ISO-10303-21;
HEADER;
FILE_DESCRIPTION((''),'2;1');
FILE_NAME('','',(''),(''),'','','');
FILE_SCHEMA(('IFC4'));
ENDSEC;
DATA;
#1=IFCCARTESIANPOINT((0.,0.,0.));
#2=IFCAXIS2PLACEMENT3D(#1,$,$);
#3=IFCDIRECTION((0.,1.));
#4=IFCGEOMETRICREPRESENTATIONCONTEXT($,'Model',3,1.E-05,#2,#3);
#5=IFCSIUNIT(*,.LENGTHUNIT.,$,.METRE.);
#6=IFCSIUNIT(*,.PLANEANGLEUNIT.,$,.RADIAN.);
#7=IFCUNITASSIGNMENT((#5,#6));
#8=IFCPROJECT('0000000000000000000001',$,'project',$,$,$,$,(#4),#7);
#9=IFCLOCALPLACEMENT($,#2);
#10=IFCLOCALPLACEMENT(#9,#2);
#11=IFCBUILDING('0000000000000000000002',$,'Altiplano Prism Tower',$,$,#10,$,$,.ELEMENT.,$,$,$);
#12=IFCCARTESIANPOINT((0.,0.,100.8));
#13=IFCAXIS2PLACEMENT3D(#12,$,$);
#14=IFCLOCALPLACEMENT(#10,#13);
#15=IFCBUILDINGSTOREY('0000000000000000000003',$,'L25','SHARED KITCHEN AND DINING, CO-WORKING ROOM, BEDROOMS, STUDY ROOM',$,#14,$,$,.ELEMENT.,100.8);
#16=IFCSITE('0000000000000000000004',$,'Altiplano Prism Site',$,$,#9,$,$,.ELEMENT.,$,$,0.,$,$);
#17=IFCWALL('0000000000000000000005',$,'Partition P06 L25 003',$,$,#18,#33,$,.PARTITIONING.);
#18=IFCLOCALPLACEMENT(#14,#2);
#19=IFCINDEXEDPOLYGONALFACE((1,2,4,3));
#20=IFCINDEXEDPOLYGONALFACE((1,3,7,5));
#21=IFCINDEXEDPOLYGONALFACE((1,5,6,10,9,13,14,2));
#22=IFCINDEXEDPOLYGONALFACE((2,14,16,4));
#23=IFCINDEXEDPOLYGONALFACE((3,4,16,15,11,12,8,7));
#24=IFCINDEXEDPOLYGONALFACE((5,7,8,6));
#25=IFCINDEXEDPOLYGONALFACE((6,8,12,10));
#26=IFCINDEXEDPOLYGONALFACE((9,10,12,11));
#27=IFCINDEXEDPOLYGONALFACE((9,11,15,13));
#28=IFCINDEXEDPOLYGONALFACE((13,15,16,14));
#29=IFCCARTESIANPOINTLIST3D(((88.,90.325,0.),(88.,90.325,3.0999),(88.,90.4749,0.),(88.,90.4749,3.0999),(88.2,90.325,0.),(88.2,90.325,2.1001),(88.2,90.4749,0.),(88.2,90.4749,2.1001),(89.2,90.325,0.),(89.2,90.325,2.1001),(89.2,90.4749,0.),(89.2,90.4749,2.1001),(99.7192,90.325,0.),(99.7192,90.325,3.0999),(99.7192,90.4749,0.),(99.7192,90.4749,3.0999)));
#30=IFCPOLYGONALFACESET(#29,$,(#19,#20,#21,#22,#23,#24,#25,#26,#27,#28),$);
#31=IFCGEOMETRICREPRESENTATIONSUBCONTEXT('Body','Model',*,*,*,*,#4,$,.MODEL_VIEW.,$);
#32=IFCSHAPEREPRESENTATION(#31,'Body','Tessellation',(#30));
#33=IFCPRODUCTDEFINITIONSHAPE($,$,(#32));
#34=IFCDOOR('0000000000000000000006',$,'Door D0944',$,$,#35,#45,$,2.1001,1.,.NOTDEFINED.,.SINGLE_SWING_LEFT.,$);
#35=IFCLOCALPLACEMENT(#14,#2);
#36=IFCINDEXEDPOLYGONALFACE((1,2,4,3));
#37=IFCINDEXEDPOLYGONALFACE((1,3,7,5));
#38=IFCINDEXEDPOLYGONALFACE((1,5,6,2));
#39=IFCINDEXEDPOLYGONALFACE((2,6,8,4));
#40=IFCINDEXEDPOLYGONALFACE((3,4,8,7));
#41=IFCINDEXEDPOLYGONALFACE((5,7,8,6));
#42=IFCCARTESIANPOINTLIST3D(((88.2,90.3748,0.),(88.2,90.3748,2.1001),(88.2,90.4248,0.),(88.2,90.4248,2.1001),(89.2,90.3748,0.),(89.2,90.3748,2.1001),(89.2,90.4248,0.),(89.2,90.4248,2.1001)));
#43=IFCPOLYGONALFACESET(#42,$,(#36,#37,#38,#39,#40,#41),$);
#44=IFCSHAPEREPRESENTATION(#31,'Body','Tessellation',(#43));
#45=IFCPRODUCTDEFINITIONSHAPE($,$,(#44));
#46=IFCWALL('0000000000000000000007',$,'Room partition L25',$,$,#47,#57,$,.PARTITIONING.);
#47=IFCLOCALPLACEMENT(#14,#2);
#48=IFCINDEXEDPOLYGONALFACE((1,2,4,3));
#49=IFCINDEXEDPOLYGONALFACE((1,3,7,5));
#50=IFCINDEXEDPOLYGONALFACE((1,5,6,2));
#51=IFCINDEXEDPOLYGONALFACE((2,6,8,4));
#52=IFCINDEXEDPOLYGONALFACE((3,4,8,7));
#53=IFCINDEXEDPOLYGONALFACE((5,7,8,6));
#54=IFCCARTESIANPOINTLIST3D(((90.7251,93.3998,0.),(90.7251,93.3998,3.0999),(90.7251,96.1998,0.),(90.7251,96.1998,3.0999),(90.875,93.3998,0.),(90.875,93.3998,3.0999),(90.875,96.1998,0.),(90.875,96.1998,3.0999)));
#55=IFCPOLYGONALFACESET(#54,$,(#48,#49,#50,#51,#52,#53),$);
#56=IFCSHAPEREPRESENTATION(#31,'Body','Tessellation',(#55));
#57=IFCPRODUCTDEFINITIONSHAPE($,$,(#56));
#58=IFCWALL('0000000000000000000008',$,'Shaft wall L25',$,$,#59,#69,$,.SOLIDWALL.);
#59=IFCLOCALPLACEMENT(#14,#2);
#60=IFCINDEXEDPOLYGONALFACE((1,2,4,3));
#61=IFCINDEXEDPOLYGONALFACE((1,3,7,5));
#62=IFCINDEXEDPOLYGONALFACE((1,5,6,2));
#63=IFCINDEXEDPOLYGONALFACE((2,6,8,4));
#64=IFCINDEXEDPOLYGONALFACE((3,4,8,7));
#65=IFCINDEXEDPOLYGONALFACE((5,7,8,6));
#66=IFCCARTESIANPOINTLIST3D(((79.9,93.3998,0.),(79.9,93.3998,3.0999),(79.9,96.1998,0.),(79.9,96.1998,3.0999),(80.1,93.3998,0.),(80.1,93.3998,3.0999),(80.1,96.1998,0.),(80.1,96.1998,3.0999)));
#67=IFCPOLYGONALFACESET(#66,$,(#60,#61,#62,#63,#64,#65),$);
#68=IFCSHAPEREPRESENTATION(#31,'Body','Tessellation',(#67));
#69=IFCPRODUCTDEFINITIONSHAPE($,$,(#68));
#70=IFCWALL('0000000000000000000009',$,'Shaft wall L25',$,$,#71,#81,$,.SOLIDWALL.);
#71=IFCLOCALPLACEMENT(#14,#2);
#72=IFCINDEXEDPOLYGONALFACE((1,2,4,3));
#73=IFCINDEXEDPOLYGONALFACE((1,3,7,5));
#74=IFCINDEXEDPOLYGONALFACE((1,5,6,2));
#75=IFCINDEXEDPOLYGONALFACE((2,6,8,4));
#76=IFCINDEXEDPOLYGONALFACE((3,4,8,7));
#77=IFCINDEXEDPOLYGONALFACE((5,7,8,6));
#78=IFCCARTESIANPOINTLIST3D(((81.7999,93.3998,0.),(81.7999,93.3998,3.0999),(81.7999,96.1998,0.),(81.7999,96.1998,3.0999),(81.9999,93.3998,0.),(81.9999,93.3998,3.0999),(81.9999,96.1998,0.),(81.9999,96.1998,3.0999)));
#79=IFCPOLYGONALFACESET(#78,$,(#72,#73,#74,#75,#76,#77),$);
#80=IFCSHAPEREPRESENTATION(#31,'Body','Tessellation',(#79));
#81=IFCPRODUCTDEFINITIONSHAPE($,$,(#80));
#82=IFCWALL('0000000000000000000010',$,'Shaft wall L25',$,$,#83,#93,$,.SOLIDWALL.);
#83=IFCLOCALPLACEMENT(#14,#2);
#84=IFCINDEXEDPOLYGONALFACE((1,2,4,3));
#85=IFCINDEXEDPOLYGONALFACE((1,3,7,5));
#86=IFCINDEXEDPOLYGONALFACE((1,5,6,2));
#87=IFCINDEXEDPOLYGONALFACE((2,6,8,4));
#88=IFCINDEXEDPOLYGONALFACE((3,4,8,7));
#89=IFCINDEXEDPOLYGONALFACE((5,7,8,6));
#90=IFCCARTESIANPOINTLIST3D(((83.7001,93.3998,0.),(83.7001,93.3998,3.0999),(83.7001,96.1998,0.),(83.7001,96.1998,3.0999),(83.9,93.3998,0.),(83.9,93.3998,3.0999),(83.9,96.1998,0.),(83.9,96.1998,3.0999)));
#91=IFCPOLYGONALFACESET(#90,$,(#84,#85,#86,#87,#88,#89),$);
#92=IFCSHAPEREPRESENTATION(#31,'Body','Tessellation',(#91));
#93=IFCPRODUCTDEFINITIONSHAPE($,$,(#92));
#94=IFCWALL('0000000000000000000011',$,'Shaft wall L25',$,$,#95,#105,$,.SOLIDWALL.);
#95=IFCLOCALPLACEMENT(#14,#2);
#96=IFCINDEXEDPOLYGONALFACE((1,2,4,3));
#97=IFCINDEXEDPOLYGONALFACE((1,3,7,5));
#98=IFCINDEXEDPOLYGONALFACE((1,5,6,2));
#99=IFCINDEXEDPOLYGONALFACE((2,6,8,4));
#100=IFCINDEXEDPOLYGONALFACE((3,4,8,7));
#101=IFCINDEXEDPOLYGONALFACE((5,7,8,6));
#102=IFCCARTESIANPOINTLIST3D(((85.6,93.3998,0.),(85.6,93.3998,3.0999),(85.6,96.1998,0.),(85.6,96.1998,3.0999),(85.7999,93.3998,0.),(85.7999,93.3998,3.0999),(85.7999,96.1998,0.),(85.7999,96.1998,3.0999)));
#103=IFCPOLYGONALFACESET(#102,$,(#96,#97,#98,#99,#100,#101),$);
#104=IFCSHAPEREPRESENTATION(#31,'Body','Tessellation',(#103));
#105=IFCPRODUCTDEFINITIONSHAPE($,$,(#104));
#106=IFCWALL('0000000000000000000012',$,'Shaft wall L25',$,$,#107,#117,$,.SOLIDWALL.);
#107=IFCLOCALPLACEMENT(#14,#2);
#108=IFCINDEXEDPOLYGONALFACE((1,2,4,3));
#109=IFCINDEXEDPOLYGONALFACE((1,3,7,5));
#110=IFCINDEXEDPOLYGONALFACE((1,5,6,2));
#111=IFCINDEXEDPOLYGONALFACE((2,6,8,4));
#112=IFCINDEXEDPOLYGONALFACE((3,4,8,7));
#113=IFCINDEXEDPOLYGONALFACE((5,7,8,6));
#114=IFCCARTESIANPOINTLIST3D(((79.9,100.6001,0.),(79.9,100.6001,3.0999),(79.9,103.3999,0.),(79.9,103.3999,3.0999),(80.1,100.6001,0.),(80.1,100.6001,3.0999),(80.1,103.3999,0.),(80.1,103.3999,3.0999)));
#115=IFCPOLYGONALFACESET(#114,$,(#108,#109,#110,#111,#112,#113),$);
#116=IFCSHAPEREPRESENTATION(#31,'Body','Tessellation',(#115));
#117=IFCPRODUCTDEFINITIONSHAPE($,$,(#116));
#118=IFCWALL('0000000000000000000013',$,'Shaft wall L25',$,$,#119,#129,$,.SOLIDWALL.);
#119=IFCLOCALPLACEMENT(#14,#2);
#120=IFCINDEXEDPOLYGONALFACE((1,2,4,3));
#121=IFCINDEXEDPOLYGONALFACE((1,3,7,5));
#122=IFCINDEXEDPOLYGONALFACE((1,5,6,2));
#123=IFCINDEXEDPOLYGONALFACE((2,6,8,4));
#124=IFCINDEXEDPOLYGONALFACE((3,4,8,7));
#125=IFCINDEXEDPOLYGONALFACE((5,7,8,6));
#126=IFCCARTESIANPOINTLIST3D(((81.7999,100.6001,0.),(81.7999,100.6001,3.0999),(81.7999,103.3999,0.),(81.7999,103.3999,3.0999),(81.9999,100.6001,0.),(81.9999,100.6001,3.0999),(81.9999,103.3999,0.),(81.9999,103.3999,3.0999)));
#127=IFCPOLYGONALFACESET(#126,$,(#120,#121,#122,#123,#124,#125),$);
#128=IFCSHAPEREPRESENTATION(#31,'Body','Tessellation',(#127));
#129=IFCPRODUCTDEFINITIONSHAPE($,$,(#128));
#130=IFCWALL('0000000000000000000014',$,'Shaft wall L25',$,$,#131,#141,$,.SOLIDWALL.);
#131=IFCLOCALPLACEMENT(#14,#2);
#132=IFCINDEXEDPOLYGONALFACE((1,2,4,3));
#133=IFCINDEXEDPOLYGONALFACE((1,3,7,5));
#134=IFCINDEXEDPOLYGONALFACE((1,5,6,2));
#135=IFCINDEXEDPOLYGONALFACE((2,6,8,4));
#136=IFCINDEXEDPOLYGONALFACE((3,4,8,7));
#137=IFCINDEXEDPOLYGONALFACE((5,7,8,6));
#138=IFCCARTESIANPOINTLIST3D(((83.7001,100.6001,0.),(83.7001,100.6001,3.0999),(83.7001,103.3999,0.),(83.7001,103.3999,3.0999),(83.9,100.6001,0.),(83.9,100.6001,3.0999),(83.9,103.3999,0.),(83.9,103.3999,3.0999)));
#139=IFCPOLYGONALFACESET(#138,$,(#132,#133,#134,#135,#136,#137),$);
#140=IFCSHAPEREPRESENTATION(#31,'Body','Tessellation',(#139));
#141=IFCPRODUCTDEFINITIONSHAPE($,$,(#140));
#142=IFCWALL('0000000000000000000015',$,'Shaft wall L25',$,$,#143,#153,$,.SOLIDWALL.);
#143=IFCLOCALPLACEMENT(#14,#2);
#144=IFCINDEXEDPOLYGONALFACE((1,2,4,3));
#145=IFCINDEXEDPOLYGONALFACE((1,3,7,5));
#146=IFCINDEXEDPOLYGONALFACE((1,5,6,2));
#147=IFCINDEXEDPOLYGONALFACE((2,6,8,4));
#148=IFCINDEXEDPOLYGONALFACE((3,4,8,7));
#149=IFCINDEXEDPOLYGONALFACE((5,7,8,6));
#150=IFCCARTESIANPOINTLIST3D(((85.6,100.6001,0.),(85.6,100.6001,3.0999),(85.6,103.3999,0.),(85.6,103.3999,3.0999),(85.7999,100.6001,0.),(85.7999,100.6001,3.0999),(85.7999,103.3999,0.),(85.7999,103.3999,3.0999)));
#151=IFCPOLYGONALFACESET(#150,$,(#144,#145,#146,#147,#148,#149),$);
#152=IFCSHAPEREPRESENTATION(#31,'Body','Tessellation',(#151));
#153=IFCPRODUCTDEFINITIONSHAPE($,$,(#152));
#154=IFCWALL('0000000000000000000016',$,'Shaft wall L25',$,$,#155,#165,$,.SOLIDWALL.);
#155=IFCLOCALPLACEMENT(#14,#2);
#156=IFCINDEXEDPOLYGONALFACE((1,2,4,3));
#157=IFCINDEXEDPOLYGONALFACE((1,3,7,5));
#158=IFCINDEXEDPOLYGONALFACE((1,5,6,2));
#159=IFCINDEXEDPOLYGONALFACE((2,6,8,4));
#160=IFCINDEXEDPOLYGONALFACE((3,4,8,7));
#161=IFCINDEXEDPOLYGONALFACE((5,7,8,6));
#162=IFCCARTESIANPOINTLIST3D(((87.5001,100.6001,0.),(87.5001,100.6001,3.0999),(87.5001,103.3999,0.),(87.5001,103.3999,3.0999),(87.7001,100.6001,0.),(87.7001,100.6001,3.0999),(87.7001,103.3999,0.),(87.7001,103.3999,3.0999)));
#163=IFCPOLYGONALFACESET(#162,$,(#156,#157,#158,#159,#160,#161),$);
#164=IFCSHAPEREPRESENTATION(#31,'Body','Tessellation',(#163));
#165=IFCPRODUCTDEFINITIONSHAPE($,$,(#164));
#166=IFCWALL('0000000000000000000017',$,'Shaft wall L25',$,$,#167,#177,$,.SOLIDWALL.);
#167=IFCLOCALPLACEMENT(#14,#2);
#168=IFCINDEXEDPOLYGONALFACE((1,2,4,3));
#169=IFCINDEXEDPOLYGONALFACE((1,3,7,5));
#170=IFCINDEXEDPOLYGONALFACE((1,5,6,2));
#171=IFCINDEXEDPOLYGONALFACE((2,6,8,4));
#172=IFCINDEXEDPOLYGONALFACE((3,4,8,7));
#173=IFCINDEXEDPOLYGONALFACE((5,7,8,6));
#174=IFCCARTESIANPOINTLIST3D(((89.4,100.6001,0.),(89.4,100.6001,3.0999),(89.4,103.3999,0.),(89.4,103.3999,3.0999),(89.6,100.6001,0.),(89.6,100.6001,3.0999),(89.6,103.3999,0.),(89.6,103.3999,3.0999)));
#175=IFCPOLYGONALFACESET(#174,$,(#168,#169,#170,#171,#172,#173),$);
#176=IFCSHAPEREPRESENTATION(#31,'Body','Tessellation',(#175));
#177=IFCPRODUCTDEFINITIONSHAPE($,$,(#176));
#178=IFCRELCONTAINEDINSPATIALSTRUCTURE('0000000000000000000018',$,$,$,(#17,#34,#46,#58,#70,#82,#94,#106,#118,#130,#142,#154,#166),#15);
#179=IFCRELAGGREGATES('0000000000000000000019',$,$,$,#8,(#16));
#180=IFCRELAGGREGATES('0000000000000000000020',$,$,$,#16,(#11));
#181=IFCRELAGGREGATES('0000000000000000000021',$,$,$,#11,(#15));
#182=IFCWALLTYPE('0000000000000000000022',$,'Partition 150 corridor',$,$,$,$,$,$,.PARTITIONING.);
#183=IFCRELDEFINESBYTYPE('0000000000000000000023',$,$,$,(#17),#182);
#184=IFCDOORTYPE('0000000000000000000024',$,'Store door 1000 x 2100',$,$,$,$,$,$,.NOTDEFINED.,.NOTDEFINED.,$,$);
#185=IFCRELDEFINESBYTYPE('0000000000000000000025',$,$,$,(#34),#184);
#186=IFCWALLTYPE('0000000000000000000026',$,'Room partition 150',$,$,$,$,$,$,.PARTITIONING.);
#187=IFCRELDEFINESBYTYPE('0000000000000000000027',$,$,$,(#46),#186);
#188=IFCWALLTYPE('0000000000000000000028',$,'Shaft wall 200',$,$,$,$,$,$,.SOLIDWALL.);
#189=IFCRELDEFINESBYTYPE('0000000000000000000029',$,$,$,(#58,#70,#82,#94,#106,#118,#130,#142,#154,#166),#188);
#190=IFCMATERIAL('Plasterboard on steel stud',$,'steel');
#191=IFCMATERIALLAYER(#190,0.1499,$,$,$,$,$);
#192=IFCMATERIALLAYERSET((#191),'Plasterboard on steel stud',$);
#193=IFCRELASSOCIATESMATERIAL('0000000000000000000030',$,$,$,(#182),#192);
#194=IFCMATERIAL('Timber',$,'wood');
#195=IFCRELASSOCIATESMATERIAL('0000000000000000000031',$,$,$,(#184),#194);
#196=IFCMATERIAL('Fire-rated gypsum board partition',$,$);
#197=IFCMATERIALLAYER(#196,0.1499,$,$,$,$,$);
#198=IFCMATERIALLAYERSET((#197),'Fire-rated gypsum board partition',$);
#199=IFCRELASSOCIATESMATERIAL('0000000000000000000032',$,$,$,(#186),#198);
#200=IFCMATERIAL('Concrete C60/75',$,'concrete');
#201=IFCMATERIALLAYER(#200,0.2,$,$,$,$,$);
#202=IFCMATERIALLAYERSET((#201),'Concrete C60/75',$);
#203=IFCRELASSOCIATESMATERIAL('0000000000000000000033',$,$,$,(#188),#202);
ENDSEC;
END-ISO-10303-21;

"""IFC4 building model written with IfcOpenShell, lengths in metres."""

from ifc_helpers import new_model, si_unit, direction, frame, frame_2d, origin, place, context, subcontext, project, spatial, rectangle, extrude, material, layer, layer_set, type_object, element, fill, save


model = new_model("IFC4")

# Units and contexts
model_context = context("Model", 3, precision=1e-05, world=origin(), true_north=direction((0.0, 1.0)))
body_context = subcontext(model_context, "Body", "Model", "MODEL_VIEW")
ifc_project = project(units=[si_unit("LENGTHUNIT", "METRE"), si_unit("PLANEANGLEUNIT", "RADIAN")], contexts=[model_context])

# Site, building, storey
site_placement = place(None, origin())
site = spatial("IfcSite", under=ifc_project, at=site_placement, Name="Altiplano Prism Site", CompositionType="ELEMENT", RefElevation=0.0)
building_placement = place(site_placement, origin())
building = spatial("IfcBuilding", under=site, at=building_placement, Name="Altiplano Prism Tower", CompositionType="ELEMENT")
storey_placement = place(building_placement, frame((0.0, 0.0, 100.8)))
storey = spatial("IfcBuildingStorey", under=building, at=storey_placement, Name="L25", Description="SHARED KITCHEN AND DINING, CO-WORKING ROOM, BEDROOMS, STUDY ROOM", CompositionType="ELEMENT", Elevation=100.8)

# Wall, opening, door
ifc_material_1 = material(Name="Plasterboard on steel stud", Category="steel")
ifc_layer_1 = layer(ifc_material_1, 0.1499)
ifc_layer_set_1 = layer_set([ifc_layer_1], Name="Plasterboard on steel stud")
wall_type_1 = type_object("IfcWallType", Name="Partition 150 corridor", PredefinedType="PARTITIONING", material=ifc_layer_set_1)
wall_1_placement = place(storey_placement, frame((88.0, 90.3999, 0.0), z_axis=(0.0, 0.0, 1.0), x_axis=(1.0, 0.0, 0.0)))
wall_1 = element("IfcWall", 1, at=wall_1_placement, inside=storey, type_object=wall_type_1, Name="Partition P06 L25 003", PredefinedType="PARTITIONING", context=body_context, shape_type="SweptSolid", body=[
    extrude(rectangle(XDim=11.7192, YDim=0.1499, at=frame_2d((5.8596, 0.0))), origin(), (0.0, 0.0, 1.0), 3.0999),
])
opening_1_placement = place(wall_1_placement, frame((0.2, 0.0, 0.0)))
opening_1 = element("IfcOpeningElement", 2, at=opening_1_placement, cuts=wall_1, PredefinedType="OPENING", context=body_context, shape_type="SweptSolid", body=[
    extrude(rectangle(XDim=1.0, YDim=2.1001, at=frame_2d((0.5, 1.05))), frame((0.0, 0.0854, 0.0), z_axis=(0.0, -1.0, 0.0), x_axis=(1.0, 0.0, 0.0)), (0.0, 0.0, 1.0), 0.1709),
])
ifc_material_2 = material(Name="Timber", Category="wood")
door_type_1 = type_object("IfcDoorType", Name="Store door 1000 x 2100", OperationType="NOTDEFINED", PredefinedType="NOTDEFINED", material=ifc_material_2)
door_1_placement = place(opening_1_placement, origin())
door_1 = element("IfcDoor", 3, at=door_1_placement, inside=storey, type_object=door_type_1, Name="Door D0944", OperationType="SINGLE_SWING_LEFT", OverallHeight=2.1001, OverallWidth=1.0, PredefinedType="NOTDEFINED", context=body_context, shape_type="SweptSolid", body=[
    extrude(rectangle(XDim=1.0, YDim=2.1001, at=frame_2d((0.5, 1.05))), frame((0.0, 0.0249, 0.0), z_axis=(0.0, -1.0, 0.0), x_axis=(1.0, 0.0, 0.0)), (0.0, 0.0, 1.0), 0.05),
])
fill(opening_1, door_1)

# Walls
ifc_material_3 = material(Name="Fire-rated gypsum board partition")
ifc_layer_2 = layer(ifc_material_3, 0.1499)
ifc_layer_set_2 = layer_set([ifc_layer_2], Name="Fire-rated gypsum board partition")
wall_type_2 = type_object("IfcWallType", Name="Room partition 150", PredefinedType="PARTITIONING", material=ifc_layer_set_2)
wall_2_placement = place(storey_placement, frame((90.8, 93.3999, 0.0), z_axis=(0.0, 0.0, 1.0), x_axis=(0.0, 1.0, 0.0)))
element("IfcWall", 4, at=wall_2_placement, inside=storey, type_object=wall_type_2, Name="Room partition L25", PredefinedType="PARTITIONING", context=body_context, shape_type="SweptSolid", body=[
    extrude(rectangle(XDim=2.8, YDim=0.1499, at=frame_2d((1.3999, 0.0))), origin(), (0.0, 0.0, 1.0), 3.0999),
])
ifc_material_4 = material(Name="Concrete C60/75", Category="concrete")
ifc_layer_3 = layer(ifc_material_4, 0.2)
ifc_layer_set_3 = layer_set([ifc_layer_3], Name="Concrete C60/75")
wall_type_3 = type_object("IfcWallType", Name="Shaft wall 200", PredefinedType="SOLIDWALL", material=ifc_layer_set_3)
for number, where, z_axis, x_axis, name in (
    (5, (80.0, 93.3999, 0.0), (0.0, 0.0, 1.0), (0.0, 1.0, 0.0), "Shaft wall L25"),
    (6, (81.8999, 93.3999, 0.0), (0.0, 0.0, 1.0), (0.0, 1.0, 0.0), "Shaft wall L25"),
    (7, (83.8, 93.3999, 0.0), (0.0, 0.0, 1.0), (0.0, 1.0, 0.0), "Shaft wall L25"),
    (8, (85.7, 93.3999, 0.0), (0.0, 0.0, 1.0), (0.0, 1.0, 0.0), "Shaft wall L25"),
):
    element("IfcWall", number, at=place(storey_placement, frame(where, z_axis=z_axis, x_axis=x_axis)), inside=storey, type_object=wall_type_3, Name=name, PredefinedType="SOLIDWALL", context=body_context, shape_type="SweptSolid", body=[
        extrude(rectangle(XDim=2.8, YDim=0.2, at=frame_2d((1.3999, 0.0))), origin(), (0.0, 0.0, 1.0), 3.0999),
    ])
for number, where, z_axis, x_axis, name in (
    (9, (80.0, 100.6001, 0.0), (0.0, 0.0, 1.0), (0.0, 1.0, 0.0), "Shaft wall L25"),
    (10, (81.8999, 100.6001, 0.0), (0.0, 0.0, 1.0), (0.0, 1.0, 0.0), "Shaft wall L25"),
    (11, (83.8, 100.6001, 0.0), (0.0, 0.0, 1.0), (0.0, 1.0, 0.0), "Shaft wall L25"),
    (12, (85.7, 100.6001, 0.0), (0.0, 0.0, 1.0), (0.0, 1.0, 0.0), "Shaft wall L25"),
    (13, (87.6001, 100.6001, 0.0), (0.0, 0.0, 1.0), (0.0, 1.0, 0.0), "Shaft wall L25"),
    (14, (89.5, 100.6001, 0.0), (0.0, 0.0, 1.0), (0.0, 1.0, 0.0), "Shaft wall L25"),
):
    element("IfcWall", number, at=place(storey_placement, frame(where, z_axis=z_axis, x_axis=x_axis)), inside=storey, type_object=wall_type_3, Name=name, PredefinedType="SOLIDWALL", context=body_context, shape_type="SweptSolid", body=[
        extrude(rectangle(XDim=2.7998, YDim=0.2, at=frame_2d((1.3999, 0.0))), origin(), (0.0, 0.0, 1.0), 3.0999),
    ])

save(model, "model.ifc")
